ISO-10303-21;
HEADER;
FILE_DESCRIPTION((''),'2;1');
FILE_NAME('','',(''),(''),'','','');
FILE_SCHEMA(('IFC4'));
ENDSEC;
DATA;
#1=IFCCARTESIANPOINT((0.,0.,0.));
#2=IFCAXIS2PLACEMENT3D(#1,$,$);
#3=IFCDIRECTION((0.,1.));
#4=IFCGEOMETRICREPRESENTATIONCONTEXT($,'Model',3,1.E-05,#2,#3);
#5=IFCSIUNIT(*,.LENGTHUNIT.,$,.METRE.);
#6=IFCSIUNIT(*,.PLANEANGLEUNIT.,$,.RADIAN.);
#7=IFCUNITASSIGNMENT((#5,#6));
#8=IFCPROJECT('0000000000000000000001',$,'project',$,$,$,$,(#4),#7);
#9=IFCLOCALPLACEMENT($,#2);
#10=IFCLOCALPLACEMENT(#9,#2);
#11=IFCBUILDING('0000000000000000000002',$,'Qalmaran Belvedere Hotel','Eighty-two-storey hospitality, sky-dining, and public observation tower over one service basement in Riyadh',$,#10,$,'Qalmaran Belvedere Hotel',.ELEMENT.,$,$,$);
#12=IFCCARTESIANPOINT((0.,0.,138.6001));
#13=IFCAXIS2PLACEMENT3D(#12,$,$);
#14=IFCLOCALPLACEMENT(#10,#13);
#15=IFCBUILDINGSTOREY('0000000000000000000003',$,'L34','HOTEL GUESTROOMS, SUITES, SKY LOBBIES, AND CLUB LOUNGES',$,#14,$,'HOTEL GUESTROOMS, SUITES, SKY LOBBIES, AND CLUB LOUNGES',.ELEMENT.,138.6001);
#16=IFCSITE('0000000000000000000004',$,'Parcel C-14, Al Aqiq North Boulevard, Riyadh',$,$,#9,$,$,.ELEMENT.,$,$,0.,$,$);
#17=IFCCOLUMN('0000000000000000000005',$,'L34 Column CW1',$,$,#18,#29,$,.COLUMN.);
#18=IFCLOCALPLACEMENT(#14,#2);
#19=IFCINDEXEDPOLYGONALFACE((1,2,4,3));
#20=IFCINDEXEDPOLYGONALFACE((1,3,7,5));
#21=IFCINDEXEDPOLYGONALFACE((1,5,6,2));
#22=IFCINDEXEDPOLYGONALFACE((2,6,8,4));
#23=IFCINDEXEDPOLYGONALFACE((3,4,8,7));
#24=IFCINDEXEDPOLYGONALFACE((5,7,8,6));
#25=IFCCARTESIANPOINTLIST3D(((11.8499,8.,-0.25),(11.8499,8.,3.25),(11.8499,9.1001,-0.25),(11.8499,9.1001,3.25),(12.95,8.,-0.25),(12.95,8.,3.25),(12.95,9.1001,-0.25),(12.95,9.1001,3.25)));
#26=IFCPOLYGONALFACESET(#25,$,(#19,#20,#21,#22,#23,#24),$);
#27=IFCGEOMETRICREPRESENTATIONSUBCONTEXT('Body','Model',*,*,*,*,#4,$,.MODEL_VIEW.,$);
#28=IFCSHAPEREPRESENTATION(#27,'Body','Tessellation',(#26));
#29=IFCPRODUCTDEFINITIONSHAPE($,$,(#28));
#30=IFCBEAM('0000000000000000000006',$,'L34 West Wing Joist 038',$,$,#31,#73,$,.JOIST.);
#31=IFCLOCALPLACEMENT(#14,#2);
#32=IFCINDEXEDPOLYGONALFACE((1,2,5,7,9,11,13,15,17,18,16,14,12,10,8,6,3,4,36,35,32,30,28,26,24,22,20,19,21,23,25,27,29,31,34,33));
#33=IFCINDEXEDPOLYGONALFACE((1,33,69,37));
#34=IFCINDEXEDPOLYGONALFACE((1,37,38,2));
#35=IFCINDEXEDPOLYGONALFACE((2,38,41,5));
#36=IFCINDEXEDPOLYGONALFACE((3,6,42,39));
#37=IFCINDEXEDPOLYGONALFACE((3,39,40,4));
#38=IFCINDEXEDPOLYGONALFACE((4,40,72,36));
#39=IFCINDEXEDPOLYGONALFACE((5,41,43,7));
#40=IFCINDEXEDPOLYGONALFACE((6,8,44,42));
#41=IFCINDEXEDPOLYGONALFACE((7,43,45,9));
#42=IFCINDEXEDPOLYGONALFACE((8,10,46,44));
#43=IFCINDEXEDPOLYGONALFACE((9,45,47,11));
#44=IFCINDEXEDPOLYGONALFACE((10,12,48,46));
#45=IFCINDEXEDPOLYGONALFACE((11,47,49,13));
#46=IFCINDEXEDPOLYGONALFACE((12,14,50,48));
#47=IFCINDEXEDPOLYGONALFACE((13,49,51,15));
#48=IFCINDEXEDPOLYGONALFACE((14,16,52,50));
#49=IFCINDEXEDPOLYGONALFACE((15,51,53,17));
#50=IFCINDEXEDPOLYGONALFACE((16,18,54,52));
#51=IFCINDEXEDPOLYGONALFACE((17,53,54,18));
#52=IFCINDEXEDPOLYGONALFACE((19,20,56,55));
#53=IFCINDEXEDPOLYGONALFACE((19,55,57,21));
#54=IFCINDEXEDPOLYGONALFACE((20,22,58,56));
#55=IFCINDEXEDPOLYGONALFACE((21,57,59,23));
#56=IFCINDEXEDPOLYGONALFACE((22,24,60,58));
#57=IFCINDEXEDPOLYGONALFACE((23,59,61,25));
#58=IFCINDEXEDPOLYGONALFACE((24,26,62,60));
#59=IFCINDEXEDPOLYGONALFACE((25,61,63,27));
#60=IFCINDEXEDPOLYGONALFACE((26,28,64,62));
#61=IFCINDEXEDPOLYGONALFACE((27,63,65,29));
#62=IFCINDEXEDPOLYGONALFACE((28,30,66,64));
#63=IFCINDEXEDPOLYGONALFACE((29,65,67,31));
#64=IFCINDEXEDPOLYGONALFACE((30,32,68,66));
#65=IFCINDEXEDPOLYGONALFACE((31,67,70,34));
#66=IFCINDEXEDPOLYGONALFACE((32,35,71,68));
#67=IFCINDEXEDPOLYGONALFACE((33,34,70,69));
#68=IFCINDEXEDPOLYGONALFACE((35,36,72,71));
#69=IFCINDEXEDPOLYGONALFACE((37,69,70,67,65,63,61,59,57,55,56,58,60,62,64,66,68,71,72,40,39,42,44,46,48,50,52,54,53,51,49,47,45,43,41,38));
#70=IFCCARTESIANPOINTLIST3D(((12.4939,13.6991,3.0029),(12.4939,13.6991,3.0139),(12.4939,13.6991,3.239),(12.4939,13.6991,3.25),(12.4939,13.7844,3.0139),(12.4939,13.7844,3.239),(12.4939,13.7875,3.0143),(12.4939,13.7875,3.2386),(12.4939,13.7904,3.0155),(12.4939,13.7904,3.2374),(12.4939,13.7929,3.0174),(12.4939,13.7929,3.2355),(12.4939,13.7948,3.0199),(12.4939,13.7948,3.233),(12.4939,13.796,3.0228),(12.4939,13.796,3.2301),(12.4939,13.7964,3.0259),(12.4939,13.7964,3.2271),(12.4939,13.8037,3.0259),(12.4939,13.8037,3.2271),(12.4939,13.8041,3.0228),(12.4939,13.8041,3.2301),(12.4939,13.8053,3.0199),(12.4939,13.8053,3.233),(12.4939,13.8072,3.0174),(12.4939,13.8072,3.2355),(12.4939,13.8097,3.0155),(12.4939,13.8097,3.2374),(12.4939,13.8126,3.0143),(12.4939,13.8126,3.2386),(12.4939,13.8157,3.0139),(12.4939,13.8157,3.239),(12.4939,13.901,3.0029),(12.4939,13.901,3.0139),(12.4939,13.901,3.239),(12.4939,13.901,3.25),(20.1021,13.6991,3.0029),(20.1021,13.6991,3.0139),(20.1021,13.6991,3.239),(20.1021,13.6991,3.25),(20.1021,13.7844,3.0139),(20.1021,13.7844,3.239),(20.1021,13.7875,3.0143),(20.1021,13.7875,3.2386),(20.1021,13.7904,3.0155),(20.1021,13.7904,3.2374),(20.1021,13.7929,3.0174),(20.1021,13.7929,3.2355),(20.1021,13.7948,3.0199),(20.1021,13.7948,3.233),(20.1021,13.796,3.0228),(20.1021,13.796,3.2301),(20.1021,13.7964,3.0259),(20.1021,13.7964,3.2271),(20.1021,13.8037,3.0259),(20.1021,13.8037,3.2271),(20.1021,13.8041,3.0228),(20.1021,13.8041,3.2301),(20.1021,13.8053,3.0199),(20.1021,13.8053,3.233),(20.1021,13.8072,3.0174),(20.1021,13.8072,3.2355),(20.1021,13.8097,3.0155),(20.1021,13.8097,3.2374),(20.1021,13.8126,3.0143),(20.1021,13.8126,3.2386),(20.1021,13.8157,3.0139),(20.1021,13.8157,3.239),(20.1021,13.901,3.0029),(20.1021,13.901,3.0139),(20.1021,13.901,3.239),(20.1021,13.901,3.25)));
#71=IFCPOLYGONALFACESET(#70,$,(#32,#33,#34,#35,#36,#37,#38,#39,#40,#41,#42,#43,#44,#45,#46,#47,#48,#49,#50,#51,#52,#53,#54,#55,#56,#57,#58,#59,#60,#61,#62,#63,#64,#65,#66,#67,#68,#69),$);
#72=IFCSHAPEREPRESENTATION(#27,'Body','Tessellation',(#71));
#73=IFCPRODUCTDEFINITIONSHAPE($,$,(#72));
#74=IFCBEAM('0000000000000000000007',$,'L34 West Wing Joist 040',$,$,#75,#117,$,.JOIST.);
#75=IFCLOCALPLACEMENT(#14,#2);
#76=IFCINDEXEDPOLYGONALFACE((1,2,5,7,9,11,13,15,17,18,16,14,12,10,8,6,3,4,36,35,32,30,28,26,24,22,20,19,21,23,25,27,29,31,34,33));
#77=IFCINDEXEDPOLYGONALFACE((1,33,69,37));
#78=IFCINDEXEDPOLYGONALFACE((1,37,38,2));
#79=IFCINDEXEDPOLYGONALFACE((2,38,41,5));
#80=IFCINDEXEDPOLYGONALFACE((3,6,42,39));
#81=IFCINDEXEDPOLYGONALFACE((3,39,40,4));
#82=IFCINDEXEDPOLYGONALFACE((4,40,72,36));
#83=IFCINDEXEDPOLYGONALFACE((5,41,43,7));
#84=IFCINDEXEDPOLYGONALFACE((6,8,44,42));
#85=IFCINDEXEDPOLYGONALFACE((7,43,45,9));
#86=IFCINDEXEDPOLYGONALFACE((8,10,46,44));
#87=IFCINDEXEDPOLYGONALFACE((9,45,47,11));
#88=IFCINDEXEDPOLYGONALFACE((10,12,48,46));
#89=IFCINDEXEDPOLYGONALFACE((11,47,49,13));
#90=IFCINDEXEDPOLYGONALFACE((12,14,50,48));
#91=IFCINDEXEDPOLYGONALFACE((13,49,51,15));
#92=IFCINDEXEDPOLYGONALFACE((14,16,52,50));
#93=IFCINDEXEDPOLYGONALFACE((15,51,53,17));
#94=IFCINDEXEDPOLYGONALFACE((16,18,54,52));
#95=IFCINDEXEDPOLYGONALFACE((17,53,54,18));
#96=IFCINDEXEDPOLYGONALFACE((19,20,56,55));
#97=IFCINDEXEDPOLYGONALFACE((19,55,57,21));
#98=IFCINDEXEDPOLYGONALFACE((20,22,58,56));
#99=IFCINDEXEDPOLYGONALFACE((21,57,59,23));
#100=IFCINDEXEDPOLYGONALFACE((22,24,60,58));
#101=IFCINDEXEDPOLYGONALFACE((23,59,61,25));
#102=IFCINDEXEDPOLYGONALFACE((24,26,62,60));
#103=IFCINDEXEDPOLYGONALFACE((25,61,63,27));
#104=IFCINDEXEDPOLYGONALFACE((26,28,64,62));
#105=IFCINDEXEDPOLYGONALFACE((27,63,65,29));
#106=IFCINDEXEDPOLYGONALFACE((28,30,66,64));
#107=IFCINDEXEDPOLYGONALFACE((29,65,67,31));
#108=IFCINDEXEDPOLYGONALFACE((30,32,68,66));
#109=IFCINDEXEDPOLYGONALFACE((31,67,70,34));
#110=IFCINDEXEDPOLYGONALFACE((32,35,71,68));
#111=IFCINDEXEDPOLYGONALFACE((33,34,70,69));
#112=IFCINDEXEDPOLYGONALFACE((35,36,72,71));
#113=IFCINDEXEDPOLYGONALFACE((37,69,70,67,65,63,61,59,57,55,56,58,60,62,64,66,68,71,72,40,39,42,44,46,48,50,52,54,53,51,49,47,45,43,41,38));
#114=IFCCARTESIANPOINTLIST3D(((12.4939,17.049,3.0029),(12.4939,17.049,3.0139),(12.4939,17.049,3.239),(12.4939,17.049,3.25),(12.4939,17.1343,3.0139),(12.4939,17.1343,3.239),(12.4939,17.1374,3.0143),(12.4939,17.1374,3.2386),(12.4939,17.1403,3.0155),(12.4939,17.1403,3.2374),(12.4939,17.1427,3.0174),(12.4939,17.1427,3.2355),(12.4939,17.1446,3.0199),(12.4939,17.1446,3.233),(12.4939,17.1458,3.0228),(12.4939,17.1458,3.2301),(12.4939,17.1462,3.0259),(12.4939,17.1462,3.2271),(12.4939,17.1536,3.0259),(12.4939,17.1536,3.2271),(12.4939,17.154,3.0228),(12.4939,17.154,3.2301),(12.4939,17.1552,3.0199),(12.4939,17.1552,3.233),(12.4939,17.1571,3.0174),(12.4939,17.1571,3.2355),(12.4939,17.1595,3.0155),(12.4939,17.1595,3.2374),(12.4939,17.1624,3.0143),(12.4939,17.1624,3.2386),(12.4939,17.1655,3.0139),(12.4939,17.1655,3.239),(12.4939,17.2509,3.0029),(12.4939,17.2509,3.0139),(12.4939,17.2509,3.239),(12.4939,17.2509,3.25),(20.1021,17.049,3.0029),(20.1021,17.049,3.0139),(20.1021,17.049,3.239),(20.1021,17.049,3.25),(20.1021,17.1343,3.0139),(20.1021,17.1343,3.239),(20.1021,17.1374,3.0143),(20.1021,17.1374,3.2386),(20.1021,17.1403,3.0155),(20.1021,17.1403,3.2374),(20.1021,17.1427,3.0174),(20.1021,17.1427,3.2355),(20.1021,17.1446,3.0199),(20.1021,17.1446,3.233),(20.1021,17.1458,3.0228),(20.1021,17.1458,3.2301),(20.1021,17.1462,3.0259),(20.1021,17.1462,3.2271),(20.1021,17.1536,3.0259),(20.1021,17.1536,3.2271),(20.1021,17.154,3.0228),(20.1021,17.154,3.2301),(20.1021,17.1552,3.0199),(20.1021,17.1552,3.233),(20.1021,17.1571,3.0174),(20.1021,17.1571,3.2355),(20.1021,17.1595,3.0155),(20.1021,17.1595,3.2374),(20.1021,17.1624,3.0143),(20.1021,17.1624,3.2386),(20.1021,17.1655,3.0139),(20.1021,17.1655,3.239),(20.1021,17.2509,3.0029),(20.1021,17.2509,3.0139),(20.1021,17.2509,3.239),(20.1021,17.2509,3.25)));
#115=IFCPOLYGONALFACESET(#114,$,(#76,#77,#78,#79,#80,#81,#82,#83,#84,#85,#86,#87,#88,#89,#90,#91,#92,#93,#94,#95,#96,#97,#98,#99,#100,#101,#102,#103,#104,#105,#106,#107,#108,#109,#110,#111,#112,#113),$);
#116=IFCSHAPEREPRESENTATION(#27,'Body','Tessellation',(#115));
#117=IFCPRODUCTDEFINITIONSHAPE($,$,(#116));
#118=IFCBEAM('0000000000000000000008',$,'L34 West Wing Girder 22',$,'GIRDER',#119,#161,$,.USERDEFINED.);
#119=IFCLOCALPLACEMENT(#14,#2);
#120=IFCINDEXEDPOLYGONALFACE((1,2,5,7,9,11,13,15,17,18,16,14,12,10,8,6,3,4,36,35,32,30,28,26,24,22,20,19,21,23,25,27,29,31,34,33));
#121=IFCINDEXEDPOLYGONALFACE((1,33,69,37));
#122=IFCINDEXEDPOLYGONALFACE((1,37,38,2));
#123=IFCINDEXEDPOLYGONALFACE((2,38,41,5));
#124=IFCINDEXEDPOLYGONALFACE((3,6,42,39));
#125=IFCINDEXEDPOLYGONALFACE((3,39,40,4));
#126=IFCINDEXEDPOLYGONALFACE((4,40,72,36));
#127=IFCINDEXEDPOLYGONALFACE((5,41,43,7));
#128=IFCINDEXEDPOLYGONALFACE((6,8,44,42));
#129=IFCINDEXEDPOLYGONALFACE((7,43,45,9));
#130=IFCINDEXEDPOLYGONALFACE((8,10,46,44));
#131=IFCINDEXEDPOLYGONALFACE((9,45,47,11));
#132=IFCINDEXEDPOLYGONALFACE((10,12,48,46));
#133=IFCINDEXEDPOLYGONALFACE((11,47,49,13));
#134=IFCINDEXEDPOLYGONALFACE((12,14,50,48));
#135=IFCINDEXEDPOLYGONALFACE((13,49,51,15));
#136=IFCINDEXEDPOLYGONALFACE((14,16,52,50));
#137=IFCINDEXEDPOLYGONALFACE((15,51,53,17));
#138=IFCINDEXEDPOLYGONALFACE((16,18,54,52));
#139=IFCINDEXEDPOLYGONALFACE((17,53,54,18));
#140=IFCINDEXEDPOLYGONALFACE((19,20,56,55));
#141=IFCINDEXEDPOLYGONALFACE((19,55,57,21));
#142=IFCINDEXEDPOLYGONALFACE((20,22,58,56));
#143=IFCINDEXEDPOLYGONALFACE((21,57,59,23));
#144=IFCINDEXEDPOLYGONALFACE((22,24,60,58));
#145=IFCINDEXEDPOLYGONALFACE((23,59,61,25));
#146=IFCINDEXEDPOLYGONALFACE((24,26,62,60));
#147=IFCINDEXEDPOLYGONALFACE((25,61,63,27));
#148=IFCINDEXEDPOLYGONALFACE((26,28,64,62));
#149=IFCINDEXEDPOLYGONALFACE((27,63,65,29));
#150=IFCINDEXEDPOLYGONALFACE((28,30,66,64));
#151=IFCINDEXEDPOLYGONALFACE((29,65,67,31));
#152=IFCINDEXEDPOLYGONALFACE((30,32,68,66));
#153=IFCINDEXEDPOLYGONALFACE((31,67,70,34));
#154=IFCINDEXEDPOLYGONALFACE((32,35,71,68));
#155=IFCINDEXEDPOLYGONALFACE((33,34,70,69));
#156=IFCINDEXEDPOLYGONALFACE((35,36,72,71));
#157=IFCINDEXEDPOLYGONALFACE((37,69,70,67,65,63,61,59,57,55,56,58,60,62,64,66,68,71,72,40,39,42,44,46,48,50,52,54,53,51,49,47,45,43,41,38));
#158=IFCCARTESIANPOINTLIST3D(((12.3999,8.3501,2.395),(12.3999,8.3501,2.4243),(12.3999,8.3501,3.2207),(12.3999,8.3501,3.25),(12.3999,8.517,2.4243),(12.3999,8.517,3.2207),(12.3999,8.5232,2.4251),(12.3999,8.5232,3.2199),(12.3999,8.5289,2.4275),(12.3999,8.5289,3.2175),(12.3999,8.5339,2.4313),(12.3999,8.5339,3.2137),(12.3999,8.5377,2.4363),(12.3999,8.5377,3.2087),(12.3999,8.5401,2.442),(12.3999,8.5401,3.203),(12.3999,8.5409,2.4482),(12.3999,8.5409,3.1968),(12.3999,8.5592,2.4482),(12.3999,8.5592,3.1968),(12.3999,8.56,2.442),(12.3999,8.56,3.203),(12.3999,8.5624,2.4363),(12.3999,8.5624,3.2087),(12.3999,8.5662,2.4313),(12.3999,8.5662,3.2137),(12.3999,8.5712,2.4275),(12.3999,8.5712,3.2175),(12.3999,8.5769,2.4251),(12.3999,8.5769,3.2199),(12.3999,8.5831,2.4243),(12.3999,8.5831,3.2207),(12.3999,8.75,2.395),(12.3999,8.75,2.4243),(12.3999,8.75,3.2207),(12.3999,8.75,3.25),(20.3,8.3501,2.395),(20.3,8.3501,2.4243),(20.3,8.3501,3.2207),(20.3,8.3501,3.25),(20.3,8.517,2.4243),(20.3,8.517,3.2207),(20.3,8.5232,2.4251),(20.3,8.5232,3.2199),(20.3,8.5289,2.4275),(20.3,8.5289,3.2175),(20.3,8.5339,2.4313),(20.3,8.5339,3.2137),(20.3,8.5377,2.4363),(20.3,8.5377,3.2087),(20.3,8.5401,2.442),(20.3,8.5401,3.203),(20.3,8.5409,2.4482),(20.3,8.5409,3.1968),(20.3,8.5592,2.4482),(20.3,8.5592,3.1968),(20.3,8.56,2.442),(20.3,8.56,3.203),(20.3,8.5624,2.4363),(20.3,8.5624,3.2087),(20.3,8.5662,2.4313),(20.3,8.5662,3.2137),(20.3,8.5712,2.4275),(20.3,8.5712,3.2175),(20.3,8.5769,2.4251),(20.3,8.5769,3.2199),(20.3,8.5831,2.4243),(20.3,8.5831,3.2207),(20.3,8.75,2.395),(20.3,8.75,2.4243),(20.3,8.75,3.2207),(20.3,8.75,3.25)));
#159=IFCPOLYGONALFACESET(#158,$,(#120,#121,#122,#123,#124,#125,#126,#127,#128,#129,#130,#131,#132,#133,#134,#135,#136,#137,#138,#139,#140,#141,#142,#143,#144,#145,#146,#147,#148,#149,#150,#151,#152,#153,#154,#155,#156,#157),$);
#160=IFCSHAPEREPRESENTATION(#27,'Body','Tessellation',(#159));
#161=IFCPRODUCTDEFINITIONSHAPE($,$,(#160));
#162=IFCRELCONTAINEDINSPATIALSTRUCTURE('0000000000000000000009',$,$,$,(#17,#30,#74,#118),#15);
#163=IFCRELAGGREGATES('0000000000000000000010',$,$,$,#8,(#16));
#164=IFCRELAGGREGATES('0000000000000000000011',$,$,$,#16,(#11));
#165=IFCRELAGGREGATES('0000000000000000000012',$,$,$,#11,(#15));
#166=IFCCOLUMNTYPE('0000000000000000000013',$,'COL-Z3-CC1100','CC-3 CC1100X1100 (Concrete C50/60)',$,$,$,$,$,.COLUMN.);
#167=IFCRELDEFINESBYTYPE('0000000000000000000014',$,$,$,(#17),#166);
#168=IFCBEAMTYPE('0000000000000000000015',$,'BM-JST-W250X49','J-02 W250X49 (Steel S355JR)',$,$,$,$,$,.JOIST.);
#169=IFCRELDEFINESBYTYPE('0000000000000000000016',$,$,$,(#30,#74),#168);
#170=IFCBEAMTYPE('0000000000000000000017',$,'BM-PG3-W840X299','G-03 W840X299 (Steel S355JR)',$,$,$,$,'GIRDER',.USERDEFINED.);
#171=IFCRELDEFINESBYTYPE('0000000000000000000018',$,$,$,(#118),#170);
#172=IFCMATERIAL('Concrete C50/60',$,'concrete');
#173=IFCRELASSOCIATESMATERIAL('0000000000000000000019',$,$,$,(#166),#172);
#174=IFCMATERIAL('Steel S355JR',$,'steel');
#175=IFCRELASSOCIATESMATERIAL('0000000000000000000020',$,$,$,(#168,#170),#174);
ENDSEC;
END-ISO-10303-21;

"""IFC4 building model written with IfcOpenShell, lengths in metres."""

from ifc_helpers import new_model, si_unit, direction, frame, origin, origin_2d, place, context, subcontext, project, spatial, rectangle, i_section, extrude, material, material_profile, profile_set, type_object, element, save


model = new_model("IFC4")

# Units and contexts
model_context = context("Model", 3, precision=1e-05, world=origin(), true_north=direction((0.0, 1.0)))
body_context = subcontext(model_context, "Body", "Model", "MODEL_VIEW")
ifc_project = project(units=[si_unit("LENGTHUNIT", "METRE"), si_unit("PLANEANGLEUNIT", "RADIAN")], contexts=[model_context])

# Site, building, storey
site_placement = place(None, origin())
site = spatial("IfcSite", under=ifc_project, at=site_placement, Name="Parcel C-14, Al Aqiq North Boulevard, Riyadh", CompositionType="ELEMENT", RefElevation=0.0)
building_placement = place(site_placement, origin())
building = spatial("IfcBuilding", under=site, at=building_placement, Name="Qalmaran Belvedere Hotel", Description="Eighty-two-storey hospitality, sky-dining, and public observation tower over one service basement in Riyadh", LongName="Qalmaran Belvedere Hotel", CompositionType="ELEMENT")
storey_placement = place(building_placement, frame((0.0, 0.0, 138.6001)))
storey = spatial("IfcBuildingStorey", under=building, at=storey_placement, Name="L34", Description="HOTEL GUESTROOMS, SUITES, SKY LOBBIES, AND CLUB LOUNGES", LongName="HOTEL GUESTROOMS, SUITES, SKY LOBBIES, AND CLUB LOUNGES", CompositionType="ELEMENT", Elevation=138.6001)

# Column
ifc_material_1 = material(Name="Concrete C50/60", Category="concrete")
ifc_material_profile_1 = material_profile(ifc_material_1, rectangle(XDim=1.1001, YDim=1.1001, at=origin_2d()), Name="CC1100X1100")
ifc_profile_set_1 = profile_set([ifc_material_profile_1], Name="Concrete C50/60")
column_type = type_object("IfcColumnType", Name="COL-Z3-CC1100", Description="CC-3 CC1100X1100 (Concrete C50/60)", PredefinedType="COLUMN", material=ifc_profile_set_1)
column_placement = place(storey_placement, frame((12.3999, 8.55, -0.25), z_axis=(0.0, 0.0, 1.0), x_axis=(1.0, 0.0, 0.0)))
element("IfcColumn", 1, at=column_placement, inside=storey, type_object=column_type, Name="L34 Column CW1", PredefinedType="COLUMN", context=body_context, shape_type="SweptSolid", body=[
    extrude(rectangle(XDim=1.1001, YDim=1.1001, at=origin_2d()), origin(), (0.0, 0.0, 1.0), 3.5),
])

# Beams
ifc_material_2 = material(Name="Steel S355JR", Category="steel")
ifc_material_profile_2 = material_profile(ifc_material_2, i_section(OverallWidth=0.2019, OverallDepth=0.2471, WebThickness=0.0073, FlangeThickness=0.011, FilletRadius=0.012, at=origin_2d()), Name="W250X49")
ifc_profile_set_2 = profile_set([ifc_material_profile_2], Name="Steel S355JR")
beam_type_1 = type_object("IfcBeamType", Name="BM-JST-W250X49", Description="J-02 W250X49 (Steel S355JR)", PredefinedType="JOIST", material=ifc_profile_set_2)
for number, where, z_axis, x_axis, name in (
    (2, (12.4939, 13.8, 3.1265), (1.0, 0.0, 0.0), (0.0, 1.0, 0.0), "L34 West Wing Joist 038"),
    (3, (12.4939, 17.1499, 3.1265), (1.0, 0.0, 0.0), (0.0, 1.0, 0.0), "L34 West Wing Joist 040"),
):
    element("IfcBeam", number, at=place(storey_placement, frame(where, z_axis=z_axis, x_axis=x_axis)), inside=storey, type_object=beam_type_1, Name=name, PredefinedType="JOIST", context=body_context, shape_type="SweptSolid", body=[
        extrude(i_section(OverallWidth=0.2019, OverallDepth=0.2471, WebThickness=0.0073, FlangeThickness=0.011, FilletRadius=0.012, at=origin_2d()), origin(), (0.0, 0.0, 1.0), 7.6082),
    ])
ifc_material_profile_3 = material_profile(ifc_material_2, i_section(OverallWidth=0.3999, OverallDepth=0.855, WebThickness=0.0183, FlangeThickness=0.0293, FilletRadius=0.0239, at=origin_2d()), Name="W840X299")
ifc_profile_set_3 = profile_set([ifc_material_profile_3], Name="Steel S355JR")
beam_type_2 = type_object("IfcBeamType", Name="BM-PG3-W840X299", Description="G-03 W840X299 (Steel S355JR)", ElementType="GIRDER", PredefinedType="USERDEFINED", material=ifc_profile_set_3)
beam_1_placement = place(storey_placement, frame((12.3999, 8.55, 2.8225), z_axis=(1.0, 0.0, 0.0), x_axis=(0.0, 1.0, 0.0)))
element("IfcBeam", 4, at=beam_1_placement, inside=storey, type_object=beam_type_2, Name="L34 West Wing Girder 22", ObjectType="GIRDER", PredefinedType="USERDEFINED", context=body_context, shape_type="SweptSolid", body=[
    extrude(i_section(OverallWidth=0.3999, OverallDepth=0.855, WebThickness=0.0183, FlangeThickness=0.0293, FilletRadius=0.0239, at=origin_2d()), origin(), (0.0, 0.0, 1.0), 7.9001),
])

save(model, "model.ifc")
